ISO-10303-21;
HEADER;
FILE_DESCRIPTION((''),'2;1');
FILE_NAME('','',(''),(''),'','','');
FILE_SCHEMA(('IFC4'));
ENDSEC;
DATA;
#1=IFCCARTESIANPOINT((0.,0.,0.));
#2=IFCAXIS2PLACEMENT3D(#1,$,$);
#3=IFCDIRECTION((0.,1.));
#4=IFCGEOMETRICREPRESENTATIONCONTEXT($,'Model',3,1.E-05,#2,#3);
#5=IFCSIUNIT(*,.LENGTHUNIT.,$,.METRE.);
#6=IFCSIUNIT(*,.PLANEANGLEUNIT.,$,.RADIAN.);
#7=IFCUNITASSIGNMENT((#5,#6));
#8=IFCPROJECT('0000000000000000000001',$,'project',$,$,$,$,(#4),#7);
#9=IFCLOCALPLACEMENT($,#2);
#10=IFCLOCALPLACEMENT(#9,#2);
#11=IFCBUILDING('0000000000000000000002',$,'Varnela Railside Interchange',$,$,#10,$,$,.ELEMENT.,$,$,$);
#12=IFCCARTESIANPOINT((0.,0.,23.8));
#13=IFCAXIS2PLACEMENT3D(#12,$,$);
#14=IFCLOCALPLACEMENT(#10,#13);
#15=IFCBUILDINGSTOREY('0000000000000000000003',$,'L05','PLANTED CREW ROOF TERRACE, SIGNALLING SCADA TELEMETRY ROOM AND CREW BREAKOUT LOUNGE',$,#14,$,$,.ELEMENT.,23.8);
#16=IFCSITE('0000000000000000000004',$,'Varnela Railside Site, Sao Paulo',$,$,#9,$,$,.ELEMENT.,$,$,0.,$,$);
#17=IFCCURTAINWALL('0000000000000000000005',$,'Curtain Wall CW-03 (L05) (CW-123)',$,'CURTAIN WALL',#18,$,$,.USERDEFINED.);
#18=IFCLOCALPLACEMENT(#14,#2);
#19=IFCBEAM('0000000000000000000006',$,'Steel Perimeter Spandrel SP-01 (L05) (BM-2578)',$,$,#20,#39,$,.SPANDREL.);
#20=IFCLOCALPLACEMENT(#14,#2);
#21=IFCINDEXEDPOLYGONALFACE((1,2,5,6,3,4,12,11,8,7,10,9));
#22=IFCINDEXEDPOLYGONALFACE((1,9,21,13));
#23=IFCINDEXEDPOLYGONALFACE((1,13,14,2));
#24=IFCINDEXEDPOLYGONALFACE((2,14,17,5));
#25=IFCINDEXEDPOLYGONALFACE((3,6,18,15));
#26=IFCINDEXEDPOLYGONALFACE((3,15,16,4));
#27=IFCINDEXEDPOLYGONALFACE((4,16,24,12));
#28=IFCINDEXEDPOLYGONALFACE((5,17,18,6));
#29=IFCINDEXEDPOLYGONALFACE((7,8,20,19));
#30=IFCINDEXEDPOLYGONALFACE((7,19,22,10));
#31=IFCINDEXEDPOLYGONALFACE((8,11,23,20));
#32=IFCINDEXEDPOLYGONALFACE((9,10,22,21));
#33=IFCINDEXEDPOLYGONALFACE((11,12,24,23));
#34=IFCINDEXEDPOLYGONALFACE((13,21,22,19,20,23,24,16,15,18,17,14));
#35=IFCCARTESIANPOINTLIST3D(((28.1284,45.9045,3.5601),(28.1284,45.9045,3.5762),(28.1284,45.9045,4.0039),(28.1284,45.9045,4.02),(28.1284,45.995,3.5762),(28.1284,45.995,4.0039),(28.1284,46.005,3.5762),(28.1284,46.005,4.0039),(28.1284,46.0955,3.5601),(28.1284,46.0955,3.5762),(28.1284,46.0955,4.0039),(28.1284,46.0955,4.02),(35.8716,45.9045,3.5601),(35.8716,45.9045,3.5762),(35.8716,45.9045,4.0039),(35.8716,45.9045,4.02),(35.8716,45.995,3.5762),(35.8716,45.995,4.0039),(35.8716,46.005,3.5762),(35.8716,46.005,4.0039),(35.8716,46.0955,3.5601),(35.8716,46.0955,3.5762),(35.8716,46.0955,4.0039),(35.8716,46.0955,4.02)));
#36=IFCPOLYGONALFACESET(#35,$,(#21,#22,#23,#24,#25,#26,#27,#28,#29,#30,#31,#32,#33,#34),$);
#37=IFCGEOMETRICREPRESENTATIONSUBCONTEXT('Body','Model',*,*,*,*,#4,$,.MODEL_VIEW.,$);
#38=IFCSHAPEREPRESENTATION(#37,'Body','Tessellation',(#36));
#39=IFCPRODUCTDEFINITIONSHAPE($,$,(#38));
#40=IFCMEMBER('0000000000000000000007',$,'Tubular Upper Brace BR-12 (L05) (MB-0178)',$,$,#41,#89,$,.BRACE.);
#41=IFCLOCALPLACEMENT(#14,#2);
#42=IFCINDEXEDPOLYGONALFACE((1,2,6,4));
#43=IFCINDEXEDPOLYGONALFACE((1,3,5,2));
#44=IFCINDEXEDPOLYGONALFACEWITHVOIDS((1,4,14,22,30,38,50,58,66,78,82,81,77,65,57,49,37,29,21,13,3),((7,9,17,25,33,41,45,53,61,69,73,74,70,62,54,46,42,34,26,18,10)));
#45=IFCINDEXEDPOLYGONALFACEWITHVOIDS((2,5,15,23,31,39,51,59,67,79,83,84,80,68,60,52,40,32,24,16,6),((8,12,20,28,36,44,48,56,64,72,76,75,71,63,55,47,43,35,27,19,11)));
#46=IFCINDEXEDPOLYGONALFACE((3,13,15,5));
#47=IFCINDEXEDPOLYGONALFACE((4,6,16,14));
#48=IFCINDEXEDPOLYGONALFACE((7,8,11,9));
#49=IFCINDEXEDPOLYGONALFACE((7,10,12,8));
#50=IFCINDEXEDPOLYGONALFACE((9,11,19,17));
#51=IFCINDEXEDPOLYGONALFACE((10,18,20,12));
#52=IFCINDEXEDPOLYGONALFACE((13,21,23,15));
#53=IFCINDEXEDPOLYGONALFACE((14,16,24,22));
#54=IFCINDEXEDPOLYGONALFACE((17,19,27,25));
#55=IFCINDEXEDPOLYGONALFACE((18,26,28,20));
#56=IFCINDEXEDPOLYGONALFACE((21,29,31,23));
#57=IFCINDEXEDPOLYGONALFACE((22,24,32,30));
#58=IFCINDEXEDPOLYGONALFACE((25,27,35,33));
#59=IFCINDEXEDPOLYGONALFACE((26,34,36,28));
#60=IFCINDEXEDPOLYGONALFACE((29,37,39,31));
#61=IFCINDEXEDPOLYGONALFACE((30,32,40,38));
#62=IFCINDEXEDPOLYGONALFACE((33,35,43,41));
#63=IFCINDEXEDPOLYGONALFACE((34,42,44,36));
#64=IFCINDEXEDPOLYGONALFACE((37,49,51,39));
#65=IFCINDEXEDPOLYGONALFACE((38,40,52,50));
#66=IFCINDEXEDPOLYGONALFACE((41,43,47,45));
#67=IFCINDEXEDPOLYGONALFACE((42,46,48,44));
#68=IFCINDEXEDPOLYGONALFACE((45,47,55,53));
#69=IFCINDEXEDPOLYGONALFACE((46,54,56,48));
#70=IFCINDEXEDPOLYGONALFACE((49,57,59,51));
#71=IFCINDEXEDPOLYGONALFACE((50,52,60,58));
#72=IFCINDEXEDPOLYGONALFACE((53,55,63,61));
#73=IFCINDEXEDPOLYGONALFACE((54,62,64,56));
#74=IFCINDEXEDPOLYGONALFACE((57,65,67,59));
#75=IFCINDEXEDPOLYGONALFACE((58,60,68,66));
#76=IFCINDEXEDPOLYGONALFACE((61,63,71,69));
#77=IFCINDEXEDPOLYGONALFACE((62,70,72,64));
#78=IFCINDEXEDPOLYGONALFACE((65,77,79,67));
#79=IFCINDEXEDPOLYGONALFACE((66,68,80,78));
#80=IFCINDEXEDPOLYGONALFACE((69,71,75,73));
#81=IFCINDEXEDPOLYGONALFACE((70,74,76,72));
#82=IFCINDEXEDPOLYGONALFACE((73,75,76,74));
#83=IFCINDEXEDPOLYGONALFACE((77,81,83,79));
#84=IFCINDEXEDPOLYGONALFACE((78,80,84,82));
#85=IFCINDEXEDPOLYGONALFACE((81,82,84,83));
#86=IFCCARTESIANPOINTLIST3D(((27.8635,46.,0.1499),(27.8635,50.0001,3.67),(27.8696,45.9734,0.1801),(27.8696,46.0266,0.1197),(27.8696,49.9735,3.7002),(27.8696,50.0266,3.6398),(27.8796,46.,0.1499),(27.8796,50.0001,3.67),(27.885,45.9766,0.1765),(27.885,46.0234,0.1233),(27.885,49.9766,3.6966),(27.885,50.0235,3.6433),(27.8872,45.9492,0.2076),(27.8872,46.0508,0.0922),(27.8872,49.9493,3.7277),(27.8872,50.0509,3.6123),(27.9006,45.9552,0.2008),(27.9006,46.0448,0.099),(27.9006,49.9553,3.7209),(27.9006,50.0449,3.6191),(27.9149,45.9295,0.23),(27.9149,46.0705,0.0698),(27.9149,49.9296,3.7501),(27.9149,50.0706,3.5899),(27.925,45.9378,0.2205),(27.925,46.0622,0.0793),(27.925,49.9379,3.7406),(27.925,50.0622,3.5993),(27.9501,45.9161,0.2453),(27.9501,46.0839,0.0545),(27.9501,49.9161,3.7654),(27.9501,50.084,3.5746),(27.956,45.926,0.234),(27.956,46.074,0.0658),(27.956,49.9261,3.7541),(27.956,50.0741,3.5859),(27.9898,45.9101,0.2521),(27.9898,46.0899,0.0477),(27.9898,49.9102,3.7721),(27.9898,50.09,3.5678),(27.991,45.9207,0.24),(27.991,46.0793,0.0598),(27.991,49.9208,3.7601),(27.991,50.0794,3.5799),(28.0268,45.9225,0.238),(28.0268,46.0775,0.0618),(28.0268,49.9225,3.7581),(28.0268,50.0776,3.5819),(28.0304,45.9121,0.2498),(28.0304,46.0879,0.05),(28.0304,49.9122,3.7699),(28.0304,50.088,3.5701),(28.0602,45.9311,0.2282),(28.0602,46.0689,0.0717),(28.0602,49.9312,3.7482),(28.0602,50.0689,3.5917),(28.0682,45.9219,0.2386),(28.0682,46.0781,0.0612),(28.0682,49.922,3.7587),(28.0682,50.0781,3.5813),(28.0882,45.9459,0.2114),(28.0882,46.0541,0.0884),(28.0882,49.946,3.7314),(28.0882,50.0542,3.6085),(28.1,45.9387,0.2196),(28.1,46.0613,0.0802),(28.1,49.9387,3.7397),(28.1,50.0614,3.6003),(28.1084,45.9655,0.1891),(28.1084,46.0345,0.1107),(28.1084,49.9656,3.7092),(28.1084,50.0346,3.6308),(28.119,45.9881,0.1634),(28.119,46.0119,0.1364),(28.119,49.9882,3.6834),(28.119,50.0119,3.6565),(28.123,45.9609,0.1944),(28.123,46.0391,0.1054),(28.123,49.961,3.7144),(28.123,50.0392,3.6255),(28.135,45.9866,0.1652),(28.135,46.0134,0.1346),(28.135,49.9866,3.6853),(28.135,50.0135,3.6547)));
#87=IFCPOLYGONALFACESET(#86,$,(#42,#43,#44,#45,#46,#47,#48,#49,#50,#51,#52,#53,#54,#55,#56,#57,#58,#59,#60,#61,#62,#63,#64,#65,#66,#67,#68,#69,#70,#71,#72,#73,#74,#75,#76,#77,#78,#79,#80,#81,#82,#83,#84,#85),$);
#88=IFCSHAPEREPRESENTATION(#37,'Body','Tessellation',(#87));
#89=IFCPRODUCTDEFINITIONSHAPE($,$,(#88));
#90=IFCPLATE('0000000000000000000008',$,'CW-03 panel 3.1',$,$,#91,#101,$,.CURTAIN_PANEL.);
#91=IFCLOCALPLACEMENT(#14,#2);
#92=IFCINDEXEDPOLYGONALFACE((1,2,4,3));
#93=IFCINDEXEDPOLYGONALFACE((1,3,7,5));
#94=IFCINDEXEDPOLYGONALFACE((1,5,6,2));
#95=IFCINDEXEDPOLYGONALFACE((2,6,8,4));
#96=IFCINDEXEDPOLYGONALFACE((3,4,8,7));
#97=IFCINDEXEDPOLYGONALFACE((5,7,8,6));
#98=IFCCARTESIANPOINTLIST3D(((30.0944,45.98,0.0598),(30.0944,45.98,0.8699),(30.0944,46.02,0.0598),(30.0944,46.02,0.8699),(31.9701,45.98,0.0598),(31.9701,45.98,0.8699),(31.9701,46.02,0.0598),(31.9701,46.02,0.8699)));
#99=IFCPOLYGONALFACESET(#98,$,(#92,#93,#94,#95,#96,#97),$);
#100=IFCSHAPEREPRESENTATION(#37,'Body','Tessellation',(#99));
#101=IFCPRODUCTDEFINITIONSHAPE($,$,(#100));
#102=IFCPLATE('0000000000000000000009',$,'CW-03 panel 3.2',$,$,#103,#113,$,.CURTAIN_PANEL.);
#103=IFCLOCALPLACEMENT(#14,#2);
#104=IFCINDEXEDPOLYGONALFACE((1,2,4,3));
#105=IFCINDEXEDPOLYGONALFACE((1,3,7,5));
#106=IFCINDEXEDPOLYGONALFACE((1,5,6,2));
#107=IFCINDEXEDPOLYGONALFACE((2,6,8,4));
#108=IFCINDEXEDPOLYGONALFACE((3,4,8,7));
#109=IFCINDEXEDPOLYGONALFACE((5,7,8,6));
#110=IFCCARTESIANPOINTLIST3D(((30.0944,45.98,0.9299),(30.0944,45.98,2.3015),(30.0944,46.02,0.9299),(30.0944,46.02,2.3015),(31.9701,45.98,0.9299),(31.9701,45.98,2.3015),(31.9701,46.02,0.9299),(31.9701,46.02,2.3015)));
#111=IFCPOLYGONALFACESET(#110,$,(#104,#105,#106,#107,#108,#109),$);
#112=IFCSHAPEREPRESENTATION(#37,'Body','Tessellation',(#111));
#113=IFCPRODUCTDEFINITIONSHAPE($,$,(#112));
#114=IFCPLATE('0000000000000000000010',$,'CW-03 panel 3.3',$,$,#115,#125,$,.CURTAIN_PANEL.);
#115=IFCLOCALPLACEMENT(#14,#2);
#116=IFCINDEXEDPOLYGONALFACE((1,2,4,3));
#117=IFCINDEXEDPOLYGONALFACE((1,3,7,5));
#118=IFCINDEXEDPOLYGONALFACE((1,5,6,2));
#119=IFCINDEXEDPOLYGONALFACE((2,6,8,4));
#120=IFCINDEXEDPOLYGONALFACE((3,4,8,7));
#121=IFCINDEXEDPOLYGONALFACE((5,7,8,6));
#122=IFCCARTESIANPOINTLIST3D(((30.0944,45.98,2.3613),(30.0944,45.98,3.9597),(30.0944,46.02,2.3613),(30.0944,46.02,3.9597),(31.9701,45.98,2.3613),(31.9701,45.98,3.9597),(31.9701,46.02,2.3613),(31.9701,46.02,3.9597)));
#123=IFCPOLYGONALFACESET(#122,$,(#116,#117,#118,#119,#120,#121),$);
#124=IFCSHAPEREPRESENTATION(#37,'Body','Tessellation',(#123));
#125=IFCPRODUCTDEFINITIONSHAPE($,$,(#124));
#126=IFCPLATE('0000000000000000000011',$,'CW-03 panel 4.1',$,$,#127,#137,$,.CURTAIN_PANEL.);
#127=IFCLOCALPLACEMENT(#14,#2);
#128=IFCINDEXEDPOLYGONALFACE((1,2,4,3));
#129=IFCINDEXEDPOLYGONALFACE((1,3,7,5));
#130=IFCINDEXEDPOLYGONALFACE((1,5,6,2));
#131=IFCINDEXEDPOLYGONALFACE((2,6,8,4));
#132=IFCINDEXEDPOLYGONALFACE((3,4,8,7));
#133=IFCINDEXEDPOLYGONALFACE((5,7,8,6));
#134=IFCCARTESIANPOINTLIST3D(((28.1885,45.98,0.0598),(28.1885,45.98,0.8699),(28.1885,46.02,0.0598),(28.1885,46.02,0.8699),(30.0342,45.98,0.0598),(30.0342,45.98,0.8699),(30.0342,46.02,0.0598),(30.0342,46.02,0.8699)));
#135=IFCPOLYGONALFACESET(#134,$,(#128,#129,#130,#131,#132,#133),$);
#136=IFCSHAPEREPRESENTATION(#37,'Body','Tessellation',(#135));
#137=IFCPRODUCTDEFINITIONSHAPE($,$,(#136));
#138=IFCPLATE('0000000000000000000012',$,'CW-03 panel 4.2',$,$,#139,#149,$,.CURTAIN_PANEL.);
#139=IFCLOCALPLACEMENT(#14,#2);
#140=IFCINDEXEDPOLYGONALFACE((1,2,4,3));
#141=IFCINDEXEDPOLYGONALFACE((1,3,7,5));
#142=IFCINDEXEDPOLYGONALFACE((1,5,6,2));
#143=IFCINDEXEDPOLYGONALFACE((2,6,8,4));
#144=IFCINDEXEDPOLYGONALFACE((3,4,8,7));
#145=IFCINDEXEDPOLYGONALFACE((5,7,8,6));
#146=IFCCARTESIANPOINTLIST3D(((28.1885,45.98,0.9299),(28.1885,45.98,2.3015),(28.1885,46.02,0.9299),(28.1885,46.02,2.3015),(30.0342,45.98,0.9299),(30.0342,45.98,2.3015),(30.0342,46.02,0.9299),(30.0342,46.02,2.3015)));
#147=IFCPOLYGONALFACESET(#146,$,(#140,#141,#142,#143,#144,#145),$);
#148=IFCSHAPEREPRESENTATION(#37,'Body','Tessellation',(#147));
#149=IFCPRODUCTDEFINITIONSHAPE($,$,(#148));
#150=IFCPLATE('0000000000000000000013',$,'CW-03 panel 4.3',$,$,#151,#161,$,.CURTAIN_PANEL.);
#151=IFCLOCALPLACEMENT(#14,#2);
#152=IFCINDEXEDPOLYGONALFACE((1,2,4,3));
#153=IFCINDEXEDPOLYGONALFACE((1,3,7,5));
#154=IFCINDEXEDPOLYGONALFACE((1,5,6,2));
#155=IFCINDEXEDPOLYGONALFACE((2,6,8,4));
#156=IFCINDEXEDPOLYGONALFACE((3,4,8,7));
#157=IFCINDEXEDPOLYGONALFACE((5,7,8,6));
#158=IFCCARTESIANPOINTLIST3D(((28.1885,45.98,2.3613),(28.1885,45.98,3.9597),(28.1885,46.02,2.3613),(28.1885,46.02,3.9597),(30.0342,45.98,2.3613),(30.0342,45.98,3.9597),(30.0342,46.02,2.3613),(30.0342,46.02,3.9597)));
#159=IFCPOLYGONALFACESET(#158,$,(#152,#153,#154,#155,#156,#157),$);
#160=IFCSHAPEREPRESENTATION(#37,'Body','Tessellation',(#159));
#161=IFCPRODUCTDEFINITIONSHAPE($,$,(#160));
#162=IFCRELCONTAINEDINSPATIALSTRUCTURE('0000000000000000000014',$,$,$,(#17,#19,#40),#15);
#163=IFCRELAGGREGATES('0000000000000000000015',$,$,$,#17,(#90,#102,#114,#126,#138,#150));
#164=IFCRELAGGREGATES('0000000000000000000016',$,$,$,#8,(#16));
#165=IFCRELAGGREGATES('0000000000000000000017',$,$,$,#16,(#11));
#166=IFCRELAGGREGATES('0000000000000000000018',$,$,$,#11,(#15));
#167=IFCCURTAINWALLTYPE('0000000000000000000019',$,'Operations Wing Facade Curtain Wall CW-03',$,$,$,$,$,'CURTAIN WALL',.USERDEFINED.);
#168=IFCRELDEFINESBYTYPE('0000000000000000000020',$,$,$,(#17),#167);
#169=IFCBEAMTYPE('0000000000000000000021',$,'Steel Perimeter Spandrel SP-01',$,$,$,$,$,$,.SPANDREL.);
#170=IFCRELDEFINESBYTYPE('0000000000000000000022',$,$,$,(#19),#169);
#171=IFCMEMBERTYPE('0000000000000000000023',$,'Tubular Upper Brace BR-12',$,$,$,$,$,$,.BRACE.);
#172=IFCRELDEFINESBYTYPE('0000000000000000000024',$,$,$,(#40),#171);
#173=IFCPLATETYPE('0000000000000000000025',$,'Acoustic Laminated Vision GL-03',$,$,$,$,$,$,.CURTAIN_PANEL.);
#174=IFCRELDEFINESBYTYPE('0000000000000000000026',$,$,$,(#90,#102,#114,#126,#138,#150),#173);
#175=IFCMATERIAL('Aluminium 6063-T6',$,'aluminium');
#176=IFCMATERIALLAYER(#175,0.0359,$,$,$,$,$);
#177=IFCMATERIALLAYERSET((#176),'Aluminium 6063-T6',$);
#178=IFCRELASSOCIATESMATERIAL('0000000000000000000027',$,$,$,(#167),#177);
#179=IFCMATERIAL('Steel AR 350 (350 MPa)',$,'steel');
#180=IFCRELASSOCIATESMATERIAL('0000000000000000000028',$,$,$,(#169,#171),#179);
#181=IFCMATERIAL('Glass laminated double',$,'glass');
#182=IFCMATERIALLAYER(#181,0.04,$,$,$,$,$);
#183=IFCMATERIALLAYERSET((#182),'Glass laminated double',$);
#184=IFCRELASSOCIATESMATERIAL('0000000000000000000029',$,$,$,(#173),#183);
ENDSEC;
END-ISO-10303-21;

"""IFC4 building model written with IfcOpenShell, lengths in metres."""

from ifc_helpers import new_model, si_unit, direction, frame, origin, origin_2d, place, context, subcontext, project, spatial, rectangle, hollow_circle, i_section, extrude, material, layer, layer_set, material_profile, profile_set, type_object, element, aggregate, save


model = new_model("IFC4")

# Units and contexts
model_context = context("Model", 3, precision=1e-05, world=origin(), true_north=direction((0.0, 1.0)))
body_context = subcontext(model_context, "Body", "Model", "MODEL_VIEW")
ifc_project = project(units=[si_unit("LENGTHUNIT", "METRE"), si_unit("PLANEANGLEUNIT", "RADIAN")], contexts=[model_context])

# Site, building, storey
site_placement = place(None, origin())
site = spatial("IfcSite", under=ifc_project, at=site_placement, Name="Varnela Railside Site, Sao Paulo", CompositionType="ELEMENT", RefElevation=0.0)
building_placement = place(site_placement, origin())
building = spatial("IfcBuilding", under=site, at=building_placement, Name="Varnela Railside Interchange", CompositionType="ELEMENT")
storey_placement = place(building_placement, frame((0.0, 0.0, 23.8)))
storey = spatial("IfcBuildingStorey", under=building, at=storey_placement, Name="L05", Description="PLANTED CREW ROOF TERRACE, SIGNALLING SCADA TELEMETRY ROOM AND CREW BREAKOUT LOUNGE", CompositionType="ELEMENT", Elevation=23.8)

# Shared definitions
ifc_material_1 = material(Name="Steel AR 350 (350 MPa)", Category="steel")

# Curtain wall
ifc_material_2 = material(Name="Aluminium 6063-T6", Category="aluminium")
ifc_layer_1 = layer(ifc_material_2, 0.0359)
ifc_layer_set_1 = layer_set([ifc_layer_1], Name="Aluminium 6063-T6")
curtain_wall_type = type_object("IfcCurtainWallType", Name="Operations Wing Facade Curtain Wall CW-03", ElementType="CURTAIN WALL", PredefinedType="USERDEFINED", material=ifc_layer_set_1)
curtain_wall_1_placement = place(storey_placement, origin())
curtain_wall_1 = element("IfcCurtainWall", 1, at=curtain_wall_1_placement, inside=storey, type_object=curtain_wall_type, Name="Curtain Wall CW-03 (L05) (CW-123)", ObjectType="CURTAIN WALL", PredefinedType="USERDEFINED")

# Beam
ifc_material_profile_1 = material_profile(ifc_material_1, i_section(OverallWidth=0.1909, OverallDepth=0.46, WebThickness=0.01, FlangeThickness=0.0161, at=origin_2d()), Name="W460x82")
ifc_profile_set_1 = profile_set([ifc_material_profile_1], Name="Steel AR 350 (350 MPa)")
beam_type = type_object("IfcBeamType", Name="Steel Perimeter Spandrel SP-01", PredefinedType="SPANDREL", material=ifc_profile_set_1)
beam_placement = place(storey_placement, frame((28.1284, 46.0, 3.79), z_axis=(1.0, 0.0, 0.0), x_axis=(0.0, 1.0, 0.0)))
element("IfcBeam", 2, at=beam_placement, inside=storey, type_object=beam_type, Name="Steel Perimeter Spandrel SP-01 (L05) (BM-2578)", PredefinedType="SPANDREL", context=body_context, shape_type="SweptSolid", body=[
    extrude(i_section(OverallWidth=0.1909, OverallDepth=0.46, WebThickness=0.01, FlangeThickness=0.0161, at=origin_2d()), origin(), (0.0, 0.0, 1.0), 7.7432),
])

# Member
ifc_material_profile_2 = material_profile(ifc_material_1, hollow_circle(Radius=0.1365, WallThickness=0.0161, at=origin_2d()), Name="CHS 273x16")
ifc_profile_set_2 = profile_set([ifc_material_profile_2], Name="Steel AR 350 (350 MPa)")
member_type_1 = type_object("IfcMemberType", Name="Tubular Upper Brace BR-12", PredefinedType="BRACE", material=ifc_profile_set_2)
member_1_placement = place(storey_placement, frame((28.0, 46.0, 0.1499), z_axis=(0.0, 0.750712, 0.66063), x_axis=(-1.0, 0.0, 0.0)))
element("IfcMember", 3, at=member_1_placement, inside=storey, type_object=member_type_1, Name="Tubular Upper Brace BR-12 (L05) (MB-0178)", PredefinedType="BRACE", context=body_context, shape_type="SweptSolid", body=[
    extrude(hollow_circle(Radius=0.1365, WallThickness=0.0161, at=origin_2d()), origin(), (0.0, 0.0, 1.0), 5.3284),
])

# Plates
ifc_material_3 = material(Name="Glass laminated double", Category="glass")
ifc_layer_2 = layer(ifc_material_3, 0.04)
ifc_layer_set_2 = layer_set([ifc_layer_2], Name="Glass laminated double")
plate_type = type_object("IfcPlateType", Name="Acoustic Laminated Vision GL-03", PredefinedType="CURTAIN_PANEL", material=ifc_layer_set_2)
plate_1_placement = place(storey_placement, frame((31.0322, 46.0, 0.0598), z_axis=(0.0, 0.0, 1.0), x_axis=(-1.0, 0.0, 0.0)))
plate_1 = element("IfcPlate", 4, at=plate_1_placement, type_object=plate_type, Name="CW-03 panel 3.1", PredefinedType="CURTAIN_PANEL", context=body_context, shape_type="SweptSolid", body=[
    extrude(rectangle(XDim=1.8757, YDim=0.04, at=origin_2d()), origin(), (0.0, 0.0, 1.0), 0.8101),
])
plate_2_placement = place(storey_placement, frame((31.0322, 46.0, 0.9299), z_axis=(0.0, 0.0, 1.0), x_axis=(-1.0, 0.0, 0.0)))
plate_2 = element("IfcPlate", 5, at=plate_2_placement, type_object=plate_type, Name="CW-03 panel 3.2", PredefinedType="CURTAIN_PANEL", context=body_context, shape_type="SweptSolid", body=[
    extrude(rectangle(XDim=1.8757, YDim=0.04, at=origin_2d()), origin(), (0.0, 0.0, 1.0), 1.3716),
])
plate_3_placement = place(storey_placement, frame((31.0322, 46.0, 2.3613), z_axis=(0.0, 0.0, 1.0), x_axis=(-1.0, 0.0, 0.0)))
plate_3 = element("IfcPlate", 6, at=plate_3_placement, type_object=plate_type, Name="CW-03 panel 3.3", PredefinedType="CURTAIN_PANEL", context=body_context, shape_type="SweptSolid", body=[
    extrude(rectangle(XDim=1.8757, YDim=0.04, at=origin_2d()), origin(), (0.0, 0.0, 1.0), 1.5984),
])
plate_4_placement = place(storey_placement, frame((29.1113, 46.0, 0.0598), z_axis=(0.0, 0.0, 1.0), x_axis=(-1.0, 0.0, 0.0)))
plate_4 = element("IfcPlate", 7, at=plate_4_placement, type_object=plate_type, Name="CW-03 panel 4.1", PredefinedType="CURTAIN_PANEL", context=body_context, shape_type="SweptSolid", body=[
    extrude(rectangle(XDim=1.8457, YDim=0.04, at=origin_2d()), origin(), (0.0, 0.0, 1.0), 0.8101),
])
plate_5_placement = place(storey_placement, frame((29.1113, 46.0, 0.9299), z_axis=(0.0, 0.0, 1.0), x_axis=(-1.0, 0.0, 0.0)))
plate_5 = element("IfcPlate", 8, at=plate_5_placement, type_object=plate_type, Name="CW-03 panel 4.2", PredefinedType="CURTAIN_PANEL", context=body_context, shape_type="SweptSolid", body=[
    extrude(rectangle(XDim=1.8457, YDim=0.04, at=origin_2d()), origin(), (0.0, 0.0, 1.0), 1.3716),
])
plate_6_placement = place(storey_placement, frame((29.1113, 46.0, 2.3613), z_axis=(0.0, 0.0, 1.0), x_axis=(-1.0, 0.0, 0.0)))
plate_6 = element("IfcPlate", 9, at=plate_6_placement, type_object=plate_type, Name="CW-03 panel 4.3", PredefinedType="CURTAIN_PANEL", context=body_context, shape_type="SweptSolid", body=[
    extrude(rectangle(XDim=1.8457, YDim=0.04, at=origin_2d()), origin(), (0.0, 0.0, 1.0), 1.5984),
])
aggregate(curtain_wall_1, [plate_1, plate_2, plate_3, plate_4, plate_5, plate_6])

save(model, "model.ifc")
